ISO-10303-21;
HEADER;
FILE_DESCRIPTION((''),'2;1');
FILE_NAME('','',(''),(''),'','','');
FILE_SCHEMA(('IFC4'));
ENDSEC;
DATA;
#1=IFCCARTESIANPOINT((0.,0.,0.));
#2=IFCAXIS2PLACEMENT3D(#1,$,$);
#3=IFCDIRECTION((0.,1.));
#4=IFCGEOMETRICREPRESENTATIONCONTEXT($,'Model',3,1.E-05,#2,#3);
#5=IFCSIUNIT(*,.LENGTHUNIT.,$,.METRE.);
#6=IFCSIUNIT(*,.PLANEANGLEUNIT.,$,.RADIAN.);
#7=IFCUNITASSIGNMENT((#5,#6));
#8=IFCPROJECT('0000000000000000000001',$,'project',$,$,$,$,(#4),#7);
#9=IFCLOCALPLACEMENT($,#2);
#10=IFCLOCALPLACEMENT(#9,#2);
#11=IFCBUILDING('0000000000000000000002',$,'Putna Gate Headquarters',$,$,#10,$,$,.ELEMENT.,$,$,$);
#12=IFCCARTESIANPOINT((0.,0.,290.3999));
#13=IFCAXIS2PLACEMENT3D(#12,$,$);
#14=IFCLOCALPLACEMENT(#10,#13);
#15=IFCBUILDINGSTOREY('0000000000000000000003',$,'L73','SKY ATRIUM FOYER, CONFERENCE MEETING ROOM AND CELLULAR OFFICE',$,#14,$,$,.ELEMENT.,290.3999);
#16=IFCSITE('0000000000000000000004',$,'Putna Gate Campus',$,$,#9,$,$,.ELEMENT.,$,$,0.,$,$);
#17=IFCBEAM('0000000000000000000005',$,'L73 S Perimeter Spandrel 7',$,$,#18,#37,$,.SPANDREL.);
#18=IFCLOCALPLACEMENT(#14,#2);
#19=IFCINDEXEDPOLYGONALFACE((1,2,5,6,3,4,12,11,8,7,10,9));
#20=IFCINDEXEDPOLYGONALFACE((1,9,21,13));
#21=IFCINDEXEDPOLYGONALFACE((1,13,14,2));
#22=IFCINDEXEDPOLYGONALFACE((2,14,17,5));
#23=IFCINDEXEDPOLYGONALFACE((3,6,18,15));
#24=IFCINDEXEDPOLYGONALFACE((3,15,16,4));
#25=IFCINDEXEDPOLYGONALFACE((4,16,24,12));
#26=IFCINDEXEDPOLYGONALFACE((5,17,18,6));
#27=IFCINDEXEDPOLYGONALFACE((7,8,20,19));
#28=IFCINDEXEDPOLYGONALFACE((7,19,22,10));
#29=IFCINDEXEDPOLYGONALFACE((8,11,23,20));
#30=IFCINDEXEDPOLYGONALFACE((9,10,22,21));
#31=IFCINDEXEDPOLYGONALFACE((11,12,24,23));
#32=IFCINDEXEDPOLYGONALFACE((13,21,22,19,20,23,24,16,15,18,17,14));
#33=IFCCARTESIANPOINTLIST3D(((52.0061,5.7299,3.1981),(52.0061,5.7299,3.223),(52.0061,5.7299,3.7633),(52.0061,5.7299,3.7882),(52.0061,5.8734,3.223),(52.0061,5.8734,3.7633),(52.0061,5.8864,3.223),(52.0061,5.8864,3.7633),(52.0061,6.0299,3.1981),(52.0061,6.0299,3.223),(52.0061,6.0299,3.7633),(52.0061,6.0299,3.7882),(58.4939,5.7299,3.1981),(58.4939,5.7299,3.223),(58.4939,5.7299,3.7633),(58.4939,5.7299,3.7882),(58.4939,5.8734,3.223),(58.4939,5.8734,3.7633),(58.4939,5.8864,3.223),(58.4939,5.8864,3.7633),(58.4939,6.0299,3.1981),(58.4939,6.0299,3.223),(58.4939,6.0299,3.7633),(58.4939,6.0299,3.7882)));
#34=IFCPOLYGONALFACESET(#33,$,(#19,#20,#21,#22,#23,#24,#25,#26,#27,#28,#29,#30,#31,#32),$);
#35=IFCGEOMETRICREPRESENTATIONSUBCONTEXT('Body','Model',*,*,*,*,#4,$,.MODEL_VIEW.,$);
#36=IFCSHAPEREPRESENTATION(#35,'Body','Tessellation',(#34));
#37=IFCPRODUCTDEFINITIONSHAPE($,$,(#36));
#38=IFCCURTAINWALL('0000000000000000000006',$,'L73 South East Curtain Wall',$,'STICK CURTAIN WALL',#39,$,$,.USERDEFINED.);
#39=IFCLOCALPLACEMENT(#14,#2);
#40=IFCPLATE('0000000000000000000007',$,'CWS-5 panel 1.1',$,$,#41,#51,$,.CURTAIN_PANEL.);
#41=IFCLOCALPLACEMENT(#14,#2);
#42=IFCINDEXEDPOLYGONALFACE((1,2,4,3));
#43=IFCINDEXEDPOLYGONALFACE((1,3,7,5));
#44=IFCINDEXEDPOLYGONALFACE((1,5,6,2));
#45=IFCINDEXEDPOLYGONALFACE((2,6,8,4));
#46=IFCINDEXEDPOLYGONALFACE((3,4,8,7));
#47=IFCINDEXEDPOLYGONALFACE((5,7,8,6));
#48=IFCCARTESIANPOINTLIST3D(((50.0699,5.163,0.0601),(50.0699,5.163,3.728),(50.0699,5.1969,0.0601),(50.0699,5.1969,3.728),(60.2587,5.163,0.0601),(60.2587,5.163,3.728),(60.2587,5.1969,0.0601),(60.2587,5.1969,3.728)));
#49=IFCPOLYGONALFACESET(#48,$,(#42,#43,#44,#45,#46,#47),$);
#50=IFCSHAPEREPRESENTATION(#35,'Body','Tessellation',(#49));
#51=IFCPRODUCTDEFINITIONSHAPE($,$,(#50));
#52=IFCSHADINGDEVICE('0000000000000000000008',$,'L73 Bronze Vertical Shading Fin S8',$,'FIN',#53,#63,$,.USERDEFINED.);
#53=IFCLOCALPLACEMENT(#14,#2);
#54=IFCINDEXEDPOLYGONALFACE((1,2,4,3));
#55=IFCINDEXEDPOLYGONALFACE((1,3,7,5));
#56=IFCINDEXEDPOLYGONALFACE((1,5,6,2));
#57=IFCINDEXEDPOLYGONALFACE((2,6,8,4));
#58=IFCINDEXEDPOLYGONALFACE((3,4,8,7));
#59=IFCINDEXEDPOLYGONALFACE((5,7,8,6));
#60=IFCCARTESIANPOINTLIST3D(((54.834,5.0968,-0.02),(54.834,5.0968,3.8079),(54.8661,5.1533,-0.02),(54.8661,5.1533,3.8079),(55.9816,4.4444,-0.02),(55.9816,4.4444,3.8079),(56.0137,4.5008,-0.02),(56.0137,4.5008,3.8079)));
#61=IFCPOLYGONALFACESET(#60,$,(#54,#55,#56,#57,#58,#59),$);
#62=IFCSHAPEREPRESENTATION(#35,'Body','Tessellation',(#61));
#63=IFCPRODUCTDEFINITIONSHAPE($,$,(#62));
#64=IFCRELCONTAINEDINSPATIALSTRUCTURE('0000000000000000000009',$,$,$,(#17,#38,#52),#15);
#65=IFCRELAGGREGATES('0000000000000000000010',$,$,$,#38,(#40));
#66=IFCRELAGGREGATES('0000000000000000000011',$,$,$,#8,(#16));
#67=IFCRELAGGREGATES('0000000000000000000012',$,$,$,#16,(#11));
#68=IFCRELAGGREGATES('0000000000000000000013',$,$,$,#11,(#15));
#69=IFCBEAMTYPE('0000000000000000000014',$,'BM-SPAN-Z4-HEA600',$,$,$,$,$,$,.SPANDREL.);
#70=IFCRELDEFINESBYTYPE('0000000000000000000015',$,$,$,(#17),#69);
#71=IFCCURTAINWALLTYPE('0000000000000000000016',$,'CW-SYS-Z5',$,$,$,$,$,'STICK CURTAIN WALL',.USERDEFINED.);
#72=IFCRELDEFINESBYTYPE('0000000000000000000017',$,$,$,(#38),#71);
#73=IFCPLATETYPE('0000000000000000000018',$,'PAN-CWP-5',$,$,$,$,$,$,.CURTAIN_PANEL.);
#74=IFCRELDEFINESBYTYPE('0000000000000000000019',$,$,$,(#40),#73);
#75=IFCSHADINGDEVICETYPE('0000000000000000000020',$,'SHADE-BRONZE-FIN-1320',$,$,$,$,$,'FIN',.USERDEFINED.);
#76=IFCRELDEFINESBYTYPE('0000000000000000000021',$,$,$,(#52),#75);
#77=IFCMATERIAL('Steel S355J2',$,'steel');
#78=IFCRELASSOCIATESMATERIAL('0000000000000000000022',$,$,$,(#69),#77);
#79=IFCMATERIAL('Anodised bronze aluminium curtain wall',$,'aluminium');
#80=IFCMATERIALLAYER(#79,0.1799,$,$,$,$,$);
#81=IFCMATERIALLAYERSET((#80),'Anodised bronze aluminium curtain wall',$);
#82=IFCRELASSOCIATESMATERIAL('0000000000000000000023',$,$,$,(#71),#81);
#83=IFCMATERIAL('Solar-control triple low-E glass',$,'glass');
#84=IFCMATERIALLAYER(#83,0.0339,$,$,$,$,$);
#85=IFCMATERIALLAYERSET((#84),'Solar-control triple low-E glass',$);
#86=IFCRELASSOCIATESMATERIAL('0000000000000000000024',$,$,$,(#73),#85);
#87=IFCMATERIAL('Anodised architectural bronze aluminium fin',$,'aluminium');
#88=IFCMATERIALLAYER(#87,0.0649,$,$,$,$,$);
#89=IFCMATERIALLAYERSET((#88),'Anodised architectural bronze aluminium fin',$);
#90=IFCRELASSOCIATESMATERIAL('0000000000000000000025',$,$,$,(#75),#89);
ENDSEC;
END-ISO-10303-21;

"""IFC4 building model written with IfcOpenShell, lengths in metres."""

from ifc_helpers import new_model, si_unit, direction, frame, origin, origin_2d, place, context, subcontext, project, spatial, rectangle, i_section, extrude, material, layer, layer_set, material_profile, profile_set, type_object, element, aggregate, save


model = new_model("IFC4")

# Units and contexts
model_context = context("Model", 3, precision=1e-05, world=origin(), true_north=direction((0.0, 1.0)))
body_context = subcontext(model_context, "Body", "Model", "MODEL_VIEW")
ifc_project = project(units=[si_unit("LENGTHUNIT", "METRE"), si_unit("PLANEANGLEUNIT", "RADIAN")], contexts=[model_context])

# Site, building, storey
site_placement = place(None, origin())
site = spatial("IfcSite", under=ifc_project, at=site_placement, Name="Putna Gate Campus", CompositionType="ELEMENT", RefElevation=0.0)
building_placement = place(site_placement, origin())
building = spatial("IfcBuilding", under=site, at=building_placement, Name="Putna Gate Headquarters", CompositionType="ELEMENT")
storey_placement = place(building_placement, frame((0.0, 0.0, 290.3999)))
storey = spatial("IfcBuildingStorey", under=building, at=storey_placement, Name="L73", Description="SKY ATRIUM FOYER, CONFERENCE MEETING ROOM AND CELLULAR OFFICE", CompositionType="ELEMENT", Elevation=290.3999)

# Beam
ifc_material_1 = material(Name="Steel S355J2", Category="steel")
ifc_material_profile_1 = material_profile(ifc_material_1, i_section(OverallWidth=0.3, OverallDepth=0.5901, WebThickness=0.0129, FlangeThickness=0.0249, at=origin_2d()), Name="Steel S355J2")
ifc_profile_set_1 = profile_set([ifc_material_profile_1], Name="Steel S355J2")
beam_type_1 = type_object("IfcBeamType", Name="BM-SPAN-Z4-HEA600", PredefinedType="SPANDREL", material=ifc_profile_set_1)
beam_1_placement = place(storey_placement, frame((52.0061, 5.8799, 3.4932), z_axis=(1.0, 0.0, 0.0), x_axis=(0.0, 1.0, 0.0)))
element("IfcBeam", 1, at=beam_1_placement, inside=storey, type_object=beam_type_1, Name="L73 S Perimeter Spandrel 7", PredefinedType="SPANDREL", context=body_context, shape_type="SweptSolid", body=[
    extrude(i_section(OverallWidth=0.3, OverallDepth=0.5901, WebThickness=0.0129, FlangeThickness=0.0249, at=origin_2d()), origin(), (0.0, 0.0, 1.0), 6.4878),
])

# Curtain wall, plate
ifc_material_2 = material(Name="Anodised bronze aluminium curtain wall", Category="aluminium")
ifc_layer_1 = layer(ifc_material_2, 0.1799)
ifc_layer_set_1 = layer_set([ifc_layer_1], Name="Anodised bronze aluminium curtain wall")
curtain_wall_type = type_object("IfcCurtainWallType", Name="CW-SYS-Z5", ElementType="STICK CURTAIN WALL", PredefinedType="USERDEFINED", material=ifc_layer_set_1)
curtain_wall_placement = place(storey_placement, origin())
curtain_wall = element("IfcCurtainWall", 2, at=curtain_wall_placement, inside=storey, type_object=curtain_wall_type, Name="L73 South East Curtain Wall", ObjectType="STICK CURTAIN WALL", PredefinedType="USERDEFINED")
ifc_material_3 = material(Name="Solar-control triple low-E glass", Category="glass")
ifc_layer_2 = layer(ifc_material_3, 0.0339)
ifc_layer_set_2 = layer_set([ifc_layer_2], Name="Solar-control triple low-E glass")
plate_type = type_object("IfcPlateType", Name="PAN-CWP-5", PredefinedType="CURTAIN_PANEL", material=ifc_layer_set_2)
plate_placement = place(storey_placement, frame((55.1643, 5.1799, 0.0601), z_axis=(0.0, 0.0, 1.0), x_axis=(1.0, 0.0, 0.0)))
plate = element("IfcPlate", 3, at=plate_placement, type_object=plate_type, Name="CWS-5 panel 1.1", PredefinedType="CURTAIN_PANEL", context=body_context, shape_type="SweptSolid", body=[
    extrude(rectangle(XDim=10.1887, YDim=0.0339, at=origin_2d()), origin(), (0.0, 0.0, 1.0), 3.668),
])
aggregate(curtain_wall, [plate])

# Shading device
ifc_material_4 = material(Name="Anodised architectural bronze aluminium fin", Category="aluminium")
ifc_layer_3 = layer(ifc_material_4, 0.0649)
ifc_layer_set_3 = layer_set([ifc_layer_3], Name="Anodised architectural bronze aluminium fin")
shading_device_type = type_object("IfcShadingDeviceType", Name="SHADE-BRONZE-FIN-1320", ElementType="FIN", PredefinedType="USERDEFINED", material=ifc_layer_set_3)
shading_device_placement = place(storey_placement, frame((55.4238, 4.7988, -0.02), z_axis=(0.0, 0.0, 1.0), x_axis=(0.869322, -0.494245, 0.0)))
element("IfcShadingDevice", 4, at=shading_device_placement, inside=storey, type_object=shading_device_type, Name="L73 Bronze Vertical Shading Fin S8", ObjectType="FIN", PredefinedType="USERDEFINED", context=body_context, shape_type="SweptSolid", body=[
    extrude(rectangle(XDim=1.3201, YDim=0.0649, at=origin_2d()), origin(), (0.0, 0.0, 1.0), 3.8279),
])

save(model, "model.ifc")
